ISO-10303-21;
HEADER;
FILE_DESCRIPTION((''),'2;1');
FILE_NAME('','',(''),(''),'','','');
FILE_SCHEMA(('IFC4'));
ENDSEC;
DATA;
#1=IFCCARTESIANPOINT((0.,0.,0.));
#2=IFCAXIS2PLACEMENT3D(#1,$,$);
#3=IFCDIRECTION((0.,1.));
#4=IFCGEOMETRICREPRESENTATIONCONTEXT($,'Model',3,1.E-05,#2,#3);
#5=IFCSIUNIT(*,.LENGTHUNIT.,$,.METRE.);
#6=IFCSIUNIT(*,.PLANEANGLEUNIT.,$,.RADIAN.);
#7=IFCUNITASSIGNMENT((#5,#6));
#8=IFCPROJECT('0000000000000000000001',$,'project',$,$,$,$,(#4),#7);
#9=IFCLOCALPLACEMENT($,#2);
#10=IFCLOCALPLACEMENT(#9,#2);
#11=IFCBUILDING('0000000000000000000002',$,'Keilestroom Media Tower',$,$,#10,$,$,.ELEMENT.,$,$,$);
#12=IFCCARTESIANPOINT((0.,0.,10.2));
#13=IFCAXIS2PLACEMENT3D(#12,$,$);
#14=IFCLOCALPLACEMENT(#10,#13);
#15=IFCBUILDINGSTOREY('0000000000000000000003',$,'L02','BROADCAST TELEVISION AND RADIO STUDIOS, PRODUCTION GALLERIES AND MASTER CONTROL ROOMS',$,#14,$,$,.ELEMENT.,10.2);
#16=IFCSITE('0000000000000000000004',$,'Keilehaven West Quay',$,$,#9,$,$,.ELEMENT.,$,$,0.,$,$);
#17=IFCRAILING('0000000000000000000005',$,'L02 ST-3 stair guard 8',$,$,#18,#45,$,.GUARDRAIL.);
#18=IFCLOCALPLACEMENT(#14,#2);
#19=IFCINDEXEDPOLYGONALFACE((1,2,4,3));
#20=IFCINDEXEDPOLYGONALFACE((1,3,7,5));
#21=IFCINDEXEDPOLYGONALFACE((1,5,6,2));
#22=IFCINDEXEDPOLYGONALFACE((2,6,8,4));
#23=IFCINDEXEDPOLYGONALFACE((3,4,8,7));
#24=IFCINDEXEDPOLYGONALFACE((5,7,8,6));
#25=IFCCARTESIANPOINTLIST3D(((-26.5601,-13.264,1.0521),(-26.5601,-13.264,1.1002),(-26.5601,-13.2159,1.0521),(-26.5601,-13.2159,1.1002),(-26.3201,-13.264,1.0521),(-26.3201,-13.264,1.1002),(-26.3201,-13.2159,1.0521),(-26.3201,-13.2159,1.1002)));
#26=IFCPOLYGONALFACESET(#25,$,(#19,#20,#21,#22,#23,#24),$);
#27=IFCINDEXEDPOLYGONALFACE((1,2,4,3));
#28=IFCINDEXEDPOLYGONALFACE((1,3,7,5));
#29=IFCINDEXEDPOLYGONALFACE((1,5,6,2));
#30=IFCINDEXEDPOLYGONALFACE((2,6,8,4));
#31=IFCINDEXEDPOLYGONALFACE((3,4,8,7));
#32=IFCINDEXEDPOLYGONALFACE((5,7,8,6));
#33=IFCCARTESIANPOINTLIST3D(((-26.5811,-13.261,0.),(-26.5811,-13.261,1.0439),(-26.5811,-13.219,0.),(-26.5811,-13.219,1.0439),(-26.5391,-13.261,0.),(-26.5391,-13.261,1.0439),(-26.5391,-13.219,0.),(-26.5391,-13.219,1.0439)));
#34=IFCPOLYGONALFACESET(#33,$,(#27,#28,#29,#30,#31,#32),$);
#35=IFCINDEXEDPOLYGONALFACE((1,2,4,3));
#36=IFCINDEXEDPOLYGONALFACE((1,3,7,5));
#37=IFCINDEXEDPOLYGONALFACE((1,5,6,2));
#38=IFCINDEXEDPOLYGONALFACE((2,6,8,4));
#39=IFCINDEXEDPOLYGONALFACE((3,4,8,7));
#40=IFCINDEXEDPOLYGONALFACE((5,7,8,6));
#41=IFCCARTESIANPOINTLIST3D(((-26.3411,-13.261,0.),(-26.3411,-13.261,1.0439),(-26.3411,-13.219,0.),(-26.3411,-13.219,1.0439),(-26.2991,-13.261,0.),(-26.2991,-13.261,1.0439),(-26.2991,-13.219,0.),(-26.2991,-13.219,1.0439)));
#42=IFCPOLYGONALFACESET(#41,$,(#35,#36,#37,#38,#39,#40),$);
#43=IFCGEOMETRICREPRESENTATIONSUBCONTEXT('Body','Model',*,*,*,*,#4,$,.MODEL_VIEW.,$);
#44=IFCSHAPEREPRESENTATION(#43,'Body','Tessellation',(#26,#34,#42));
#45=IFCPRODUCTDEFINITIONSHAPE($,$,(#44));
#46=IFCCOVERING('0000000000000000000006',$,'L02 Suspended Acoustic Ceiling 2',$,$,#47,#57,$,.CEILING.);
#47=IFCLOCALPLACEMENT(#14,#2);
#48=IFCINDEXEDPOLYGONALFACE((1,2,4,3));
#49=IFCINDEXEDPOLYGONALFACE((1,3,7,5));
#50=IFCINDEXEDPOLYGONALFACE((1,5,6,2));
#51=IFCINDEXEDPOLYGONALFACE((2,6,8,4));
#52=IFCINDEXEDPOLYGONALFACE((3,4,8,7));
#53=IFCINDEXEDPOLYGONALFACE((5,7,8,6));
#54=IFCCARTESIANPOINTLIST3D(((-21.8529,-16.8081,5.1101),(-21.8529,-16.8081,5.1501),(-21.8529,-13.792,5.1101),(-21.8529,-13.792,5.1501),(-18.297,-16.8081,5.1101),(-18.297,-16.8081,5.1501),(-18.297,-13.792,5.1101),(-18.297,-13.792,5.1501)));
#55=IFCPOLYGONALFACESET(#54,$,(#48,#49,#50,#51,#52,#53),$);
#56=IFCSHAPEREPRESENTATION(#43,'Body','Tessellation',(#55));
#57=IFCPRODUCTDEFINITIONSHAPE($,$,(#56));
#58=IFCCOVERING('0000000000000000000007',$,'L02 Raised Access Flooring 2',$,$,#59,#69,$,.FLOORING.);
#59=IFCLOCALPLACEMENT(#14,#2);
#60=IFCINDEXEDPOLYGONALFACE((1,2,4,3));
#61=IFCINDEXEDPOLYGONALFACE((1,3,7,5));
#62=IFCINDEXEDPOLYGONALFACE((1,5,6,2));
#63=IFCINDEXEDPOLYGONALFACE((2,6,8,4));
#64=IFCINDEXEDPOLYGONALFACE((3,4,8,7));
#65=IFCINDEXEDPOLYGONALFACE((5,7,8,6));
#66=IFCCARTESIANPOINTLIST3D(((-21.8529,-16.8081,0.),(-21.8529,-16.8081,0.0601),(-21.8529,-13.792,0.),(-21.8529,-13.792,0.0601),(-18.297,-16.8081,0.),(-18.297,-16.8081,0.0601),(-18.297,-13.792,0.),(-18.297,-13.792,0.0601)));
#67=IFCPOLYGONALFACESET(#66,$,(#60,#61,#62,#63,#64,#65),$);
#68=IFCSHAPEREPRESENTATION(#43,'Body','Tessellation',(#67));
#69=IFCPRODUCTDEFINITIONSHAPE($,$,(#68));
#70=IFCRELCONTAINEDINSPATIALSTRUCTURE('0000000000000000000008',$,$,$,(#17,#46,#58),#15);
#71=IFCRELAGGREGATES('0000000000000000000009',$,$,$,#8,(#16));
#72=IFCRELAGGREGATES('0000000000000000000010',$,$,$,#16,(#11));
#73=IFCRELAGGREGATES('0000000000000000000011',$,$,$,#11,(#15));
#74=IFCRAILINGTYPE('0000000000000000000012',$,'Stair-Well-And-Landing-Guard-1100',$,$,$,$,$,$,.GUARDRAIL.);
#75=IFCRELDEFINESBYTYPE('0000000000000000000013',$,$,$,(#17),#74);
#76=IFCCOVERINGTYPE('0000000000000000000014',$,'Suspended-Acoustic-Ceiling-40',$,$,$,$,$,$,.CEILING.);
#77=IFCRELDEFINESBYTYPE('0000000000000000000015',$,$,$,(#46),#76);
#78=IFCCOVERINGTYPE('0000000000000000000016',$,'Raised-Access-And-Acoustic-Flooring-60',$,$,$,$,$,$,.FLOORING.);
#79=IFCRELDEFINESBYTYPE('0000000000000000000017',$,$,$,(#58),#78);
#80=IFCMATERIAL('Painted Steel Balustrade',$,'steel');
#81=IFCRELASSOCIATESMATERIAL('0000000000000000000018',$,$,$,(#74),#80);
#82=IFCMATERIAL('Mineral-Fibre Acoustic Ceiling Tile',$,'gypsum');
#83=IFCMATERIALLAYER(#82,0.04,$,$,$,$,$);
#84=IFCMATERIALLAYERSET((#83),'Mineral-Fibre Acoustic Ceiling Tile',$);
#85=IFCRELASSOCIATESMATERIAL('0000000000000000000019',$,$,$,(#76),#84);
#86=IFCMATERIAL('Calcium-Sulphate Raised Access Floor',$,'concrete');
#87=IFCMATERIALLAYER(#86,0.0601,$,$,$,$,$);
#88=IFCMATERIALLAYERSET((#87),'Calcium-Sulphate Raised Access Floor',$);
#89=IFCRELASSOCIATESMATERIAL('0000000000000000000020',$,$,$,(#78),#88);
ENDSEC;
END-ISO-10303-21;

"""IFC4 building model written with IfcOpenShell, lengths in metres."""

from ifc_helpers import new_model, si_unit, direction, frame, origin, origin_2d, place, context, subcontext, project, spatial, rectangle, extrude, source, transform, mapped, material, layer, layer_set, type_object, element, save


model = new_model("IFC4")

# Units and contexts
model_context = context("Model", 3, precision=1e-05, world=origin(), true_north=direction((0.0, 1.0)))
body_context = subcontext(model_context, "Body", "Model", "MODEL_VIEW")
ifc_project = project(units=[si_unit("LENGTHUNIT", "METRE"), si_unit("PLANEANGLEUNIT", "RADIAN")], contexts=[model_context])

# Site, building, storey
site_placement = place(None, origin())
site = spatial("IfcSite", under=ifc_project, at=site_placement, Name="Keilehaven West Quay", CompositionType="ELEMENT", RefElevation=0.0)
building_placement = place(site_placement, origin())
building = spatial("IfcBuilding", under=site, at=building_placement, Name="Keilestroom Media Tower", CompositionType="ELEMENT")
storey_placement = place(building_placement, frame((0.0, 0.0, 10.2)))
storey = spatial("IfcBuildingStorey", under=building, at=storey_placement, Name="L02", Description="BROADCAST TELEVISION AND RADIO STUDIOS, PRODUCTION GALLERIES AND MASTER CONTROL ROOMS", CompositionType="ELEMENT", Elevation=10.2)

# Railing
ifc_material_1 = material(Name="Painted Steel Balustrade", Category="steel")
railing_type_1 = type_object("IfcRailingType", Name="Stair-Well-And-Landing-Guard-1100", PredefinedType="GUARDRAIL", material=ifc_material_1)
railing_1_placement = place(storey_placement, frame((-26.5601, -13.24, 0.0)))
element("IfcRailing", 1, at=railing_1_placement, inside=storey, type_object=railing_type_1, Name="L02 ST-3 stair guard 8", PredefinedType="GUARDRAIL", context=body_context, shape_type="SweptSolid", body=[
    extrude(rectangle(XDim=0.0481, YDim=0.0481, at=origin_2d()), frame((0.0, 0.0, 1.0762), z_axis=(1.0, 0.0, 0.0), x_axis=(0.0, 1.0, 0.0)), (0.0, 0.0, 1.0), 0.24),
    extrude(rectangle(XDim=0.042, YDim=0.042, at=origin_2d()), origin(), (0.0, 0.0, 1.0), 1.0439),
    extrude(rectangle(XDim=0.042, YDim=0.042, at=origin_2d()), frame((0.24, 0.0, 0.0)), (0.0, 0.0, 1.0), 1.0439),
])

# Coverings
ifc_material_2 = material(Name="Mineral-Fibre Acoustic Ceiling Tile", Category="gypsum")
ifc_layer_1 = layer(ifc_material_2, 0.04)
ifc_layer_set_1 = layer_set([ifc_layer_1], Name="Mineral-Fibre Acoustic Ceiling Tile")
covering_type_1 = type_object("IfcCoveringType", Name="Suspended-Acoustic-Ceiling-40", PredefinedType="CEILING", material=ifc_layer_set_1)
shared_shape_1 = source(origin(), body_context, "Body", "SweptSolid", [
    extrude(rectangle(XDim=3.5559, YDim=3.0161, at=origin_2d()), origin(), (0.0, 0.0, 1.0), 0.04),
])
covering_1_placement = place(storey_placement, frame((-20.075, -15.3, 5.1101), z_axis=(0.0, 0.0, 1.0), x_axis=(1.0, 0.0, 0.0)))
element("IfcCovering", 2, at=covering_1_placement, inside=storey, type_object=covering_type_1, Name="L02 Suspended Acoustic Ceiling 2", PredefinedType="CEILING", context=body_context, shape_type="MappedRepresentation", body=[
    mapped(shared_shape_1, transform((0.0, 0.0, 0.0), x_axis=(1.0, 0.0, 0.0), y_axis=(0.0, 1.0, 0.0), z_axis=(0.0, 0.0, 1.0), scale=1.0)),
])
ifc_material_3 = material(Name="Calcium-Sulphate Raised Access Floor", Category="concrete")
ifc_layer_2 = layer(ifc_material_3, 0.0601)
ifc_layer_set_2 = layer_set([ifc_layer_2], Name="Calcium-Sulphate Raised Access Floor")
covering_type_2 = type_object("IfcCoveringType", Name="Raised-Access-And-Acoustic-Flooring-60", PredefinedType="FLOORING", material=ifc_layer_set_2)
shared_shape_2 = source(origin(), body_context, "Body", "SweptSolid", [
    extrude(rectangle(XDim=3.5559, YDim=3.0161, at=origin_2d()), origin(), (0.0, 0.0, 1.0), 0.0601),
])
covering_2_placement = place(storey_placement, frame((-20.075, -15.3, 0.0), z_axis=(0.0, 0.0, 1.0), x_axis=(1.0, 0.0, 0.0)))
element("IfcCovering", 3, at=covering_2_placement, inside=storey, type_object=covering_type_2, Name="L02 Raised Access Flooring 2", PredefinedType="FLOORING", context=body_context, shape_type="MappedRepresentation", body=[
    mapped(shared_shape_2, transform((0.0, 0.0, 0.0), x_axis=(1.0, 0.0, 0.0), y_axis=(0.0, 1.0, 0.0), z_axis=(0.0, 0.0, 1.0), scale=1.0)),
])

save(model, "model.ifc")
